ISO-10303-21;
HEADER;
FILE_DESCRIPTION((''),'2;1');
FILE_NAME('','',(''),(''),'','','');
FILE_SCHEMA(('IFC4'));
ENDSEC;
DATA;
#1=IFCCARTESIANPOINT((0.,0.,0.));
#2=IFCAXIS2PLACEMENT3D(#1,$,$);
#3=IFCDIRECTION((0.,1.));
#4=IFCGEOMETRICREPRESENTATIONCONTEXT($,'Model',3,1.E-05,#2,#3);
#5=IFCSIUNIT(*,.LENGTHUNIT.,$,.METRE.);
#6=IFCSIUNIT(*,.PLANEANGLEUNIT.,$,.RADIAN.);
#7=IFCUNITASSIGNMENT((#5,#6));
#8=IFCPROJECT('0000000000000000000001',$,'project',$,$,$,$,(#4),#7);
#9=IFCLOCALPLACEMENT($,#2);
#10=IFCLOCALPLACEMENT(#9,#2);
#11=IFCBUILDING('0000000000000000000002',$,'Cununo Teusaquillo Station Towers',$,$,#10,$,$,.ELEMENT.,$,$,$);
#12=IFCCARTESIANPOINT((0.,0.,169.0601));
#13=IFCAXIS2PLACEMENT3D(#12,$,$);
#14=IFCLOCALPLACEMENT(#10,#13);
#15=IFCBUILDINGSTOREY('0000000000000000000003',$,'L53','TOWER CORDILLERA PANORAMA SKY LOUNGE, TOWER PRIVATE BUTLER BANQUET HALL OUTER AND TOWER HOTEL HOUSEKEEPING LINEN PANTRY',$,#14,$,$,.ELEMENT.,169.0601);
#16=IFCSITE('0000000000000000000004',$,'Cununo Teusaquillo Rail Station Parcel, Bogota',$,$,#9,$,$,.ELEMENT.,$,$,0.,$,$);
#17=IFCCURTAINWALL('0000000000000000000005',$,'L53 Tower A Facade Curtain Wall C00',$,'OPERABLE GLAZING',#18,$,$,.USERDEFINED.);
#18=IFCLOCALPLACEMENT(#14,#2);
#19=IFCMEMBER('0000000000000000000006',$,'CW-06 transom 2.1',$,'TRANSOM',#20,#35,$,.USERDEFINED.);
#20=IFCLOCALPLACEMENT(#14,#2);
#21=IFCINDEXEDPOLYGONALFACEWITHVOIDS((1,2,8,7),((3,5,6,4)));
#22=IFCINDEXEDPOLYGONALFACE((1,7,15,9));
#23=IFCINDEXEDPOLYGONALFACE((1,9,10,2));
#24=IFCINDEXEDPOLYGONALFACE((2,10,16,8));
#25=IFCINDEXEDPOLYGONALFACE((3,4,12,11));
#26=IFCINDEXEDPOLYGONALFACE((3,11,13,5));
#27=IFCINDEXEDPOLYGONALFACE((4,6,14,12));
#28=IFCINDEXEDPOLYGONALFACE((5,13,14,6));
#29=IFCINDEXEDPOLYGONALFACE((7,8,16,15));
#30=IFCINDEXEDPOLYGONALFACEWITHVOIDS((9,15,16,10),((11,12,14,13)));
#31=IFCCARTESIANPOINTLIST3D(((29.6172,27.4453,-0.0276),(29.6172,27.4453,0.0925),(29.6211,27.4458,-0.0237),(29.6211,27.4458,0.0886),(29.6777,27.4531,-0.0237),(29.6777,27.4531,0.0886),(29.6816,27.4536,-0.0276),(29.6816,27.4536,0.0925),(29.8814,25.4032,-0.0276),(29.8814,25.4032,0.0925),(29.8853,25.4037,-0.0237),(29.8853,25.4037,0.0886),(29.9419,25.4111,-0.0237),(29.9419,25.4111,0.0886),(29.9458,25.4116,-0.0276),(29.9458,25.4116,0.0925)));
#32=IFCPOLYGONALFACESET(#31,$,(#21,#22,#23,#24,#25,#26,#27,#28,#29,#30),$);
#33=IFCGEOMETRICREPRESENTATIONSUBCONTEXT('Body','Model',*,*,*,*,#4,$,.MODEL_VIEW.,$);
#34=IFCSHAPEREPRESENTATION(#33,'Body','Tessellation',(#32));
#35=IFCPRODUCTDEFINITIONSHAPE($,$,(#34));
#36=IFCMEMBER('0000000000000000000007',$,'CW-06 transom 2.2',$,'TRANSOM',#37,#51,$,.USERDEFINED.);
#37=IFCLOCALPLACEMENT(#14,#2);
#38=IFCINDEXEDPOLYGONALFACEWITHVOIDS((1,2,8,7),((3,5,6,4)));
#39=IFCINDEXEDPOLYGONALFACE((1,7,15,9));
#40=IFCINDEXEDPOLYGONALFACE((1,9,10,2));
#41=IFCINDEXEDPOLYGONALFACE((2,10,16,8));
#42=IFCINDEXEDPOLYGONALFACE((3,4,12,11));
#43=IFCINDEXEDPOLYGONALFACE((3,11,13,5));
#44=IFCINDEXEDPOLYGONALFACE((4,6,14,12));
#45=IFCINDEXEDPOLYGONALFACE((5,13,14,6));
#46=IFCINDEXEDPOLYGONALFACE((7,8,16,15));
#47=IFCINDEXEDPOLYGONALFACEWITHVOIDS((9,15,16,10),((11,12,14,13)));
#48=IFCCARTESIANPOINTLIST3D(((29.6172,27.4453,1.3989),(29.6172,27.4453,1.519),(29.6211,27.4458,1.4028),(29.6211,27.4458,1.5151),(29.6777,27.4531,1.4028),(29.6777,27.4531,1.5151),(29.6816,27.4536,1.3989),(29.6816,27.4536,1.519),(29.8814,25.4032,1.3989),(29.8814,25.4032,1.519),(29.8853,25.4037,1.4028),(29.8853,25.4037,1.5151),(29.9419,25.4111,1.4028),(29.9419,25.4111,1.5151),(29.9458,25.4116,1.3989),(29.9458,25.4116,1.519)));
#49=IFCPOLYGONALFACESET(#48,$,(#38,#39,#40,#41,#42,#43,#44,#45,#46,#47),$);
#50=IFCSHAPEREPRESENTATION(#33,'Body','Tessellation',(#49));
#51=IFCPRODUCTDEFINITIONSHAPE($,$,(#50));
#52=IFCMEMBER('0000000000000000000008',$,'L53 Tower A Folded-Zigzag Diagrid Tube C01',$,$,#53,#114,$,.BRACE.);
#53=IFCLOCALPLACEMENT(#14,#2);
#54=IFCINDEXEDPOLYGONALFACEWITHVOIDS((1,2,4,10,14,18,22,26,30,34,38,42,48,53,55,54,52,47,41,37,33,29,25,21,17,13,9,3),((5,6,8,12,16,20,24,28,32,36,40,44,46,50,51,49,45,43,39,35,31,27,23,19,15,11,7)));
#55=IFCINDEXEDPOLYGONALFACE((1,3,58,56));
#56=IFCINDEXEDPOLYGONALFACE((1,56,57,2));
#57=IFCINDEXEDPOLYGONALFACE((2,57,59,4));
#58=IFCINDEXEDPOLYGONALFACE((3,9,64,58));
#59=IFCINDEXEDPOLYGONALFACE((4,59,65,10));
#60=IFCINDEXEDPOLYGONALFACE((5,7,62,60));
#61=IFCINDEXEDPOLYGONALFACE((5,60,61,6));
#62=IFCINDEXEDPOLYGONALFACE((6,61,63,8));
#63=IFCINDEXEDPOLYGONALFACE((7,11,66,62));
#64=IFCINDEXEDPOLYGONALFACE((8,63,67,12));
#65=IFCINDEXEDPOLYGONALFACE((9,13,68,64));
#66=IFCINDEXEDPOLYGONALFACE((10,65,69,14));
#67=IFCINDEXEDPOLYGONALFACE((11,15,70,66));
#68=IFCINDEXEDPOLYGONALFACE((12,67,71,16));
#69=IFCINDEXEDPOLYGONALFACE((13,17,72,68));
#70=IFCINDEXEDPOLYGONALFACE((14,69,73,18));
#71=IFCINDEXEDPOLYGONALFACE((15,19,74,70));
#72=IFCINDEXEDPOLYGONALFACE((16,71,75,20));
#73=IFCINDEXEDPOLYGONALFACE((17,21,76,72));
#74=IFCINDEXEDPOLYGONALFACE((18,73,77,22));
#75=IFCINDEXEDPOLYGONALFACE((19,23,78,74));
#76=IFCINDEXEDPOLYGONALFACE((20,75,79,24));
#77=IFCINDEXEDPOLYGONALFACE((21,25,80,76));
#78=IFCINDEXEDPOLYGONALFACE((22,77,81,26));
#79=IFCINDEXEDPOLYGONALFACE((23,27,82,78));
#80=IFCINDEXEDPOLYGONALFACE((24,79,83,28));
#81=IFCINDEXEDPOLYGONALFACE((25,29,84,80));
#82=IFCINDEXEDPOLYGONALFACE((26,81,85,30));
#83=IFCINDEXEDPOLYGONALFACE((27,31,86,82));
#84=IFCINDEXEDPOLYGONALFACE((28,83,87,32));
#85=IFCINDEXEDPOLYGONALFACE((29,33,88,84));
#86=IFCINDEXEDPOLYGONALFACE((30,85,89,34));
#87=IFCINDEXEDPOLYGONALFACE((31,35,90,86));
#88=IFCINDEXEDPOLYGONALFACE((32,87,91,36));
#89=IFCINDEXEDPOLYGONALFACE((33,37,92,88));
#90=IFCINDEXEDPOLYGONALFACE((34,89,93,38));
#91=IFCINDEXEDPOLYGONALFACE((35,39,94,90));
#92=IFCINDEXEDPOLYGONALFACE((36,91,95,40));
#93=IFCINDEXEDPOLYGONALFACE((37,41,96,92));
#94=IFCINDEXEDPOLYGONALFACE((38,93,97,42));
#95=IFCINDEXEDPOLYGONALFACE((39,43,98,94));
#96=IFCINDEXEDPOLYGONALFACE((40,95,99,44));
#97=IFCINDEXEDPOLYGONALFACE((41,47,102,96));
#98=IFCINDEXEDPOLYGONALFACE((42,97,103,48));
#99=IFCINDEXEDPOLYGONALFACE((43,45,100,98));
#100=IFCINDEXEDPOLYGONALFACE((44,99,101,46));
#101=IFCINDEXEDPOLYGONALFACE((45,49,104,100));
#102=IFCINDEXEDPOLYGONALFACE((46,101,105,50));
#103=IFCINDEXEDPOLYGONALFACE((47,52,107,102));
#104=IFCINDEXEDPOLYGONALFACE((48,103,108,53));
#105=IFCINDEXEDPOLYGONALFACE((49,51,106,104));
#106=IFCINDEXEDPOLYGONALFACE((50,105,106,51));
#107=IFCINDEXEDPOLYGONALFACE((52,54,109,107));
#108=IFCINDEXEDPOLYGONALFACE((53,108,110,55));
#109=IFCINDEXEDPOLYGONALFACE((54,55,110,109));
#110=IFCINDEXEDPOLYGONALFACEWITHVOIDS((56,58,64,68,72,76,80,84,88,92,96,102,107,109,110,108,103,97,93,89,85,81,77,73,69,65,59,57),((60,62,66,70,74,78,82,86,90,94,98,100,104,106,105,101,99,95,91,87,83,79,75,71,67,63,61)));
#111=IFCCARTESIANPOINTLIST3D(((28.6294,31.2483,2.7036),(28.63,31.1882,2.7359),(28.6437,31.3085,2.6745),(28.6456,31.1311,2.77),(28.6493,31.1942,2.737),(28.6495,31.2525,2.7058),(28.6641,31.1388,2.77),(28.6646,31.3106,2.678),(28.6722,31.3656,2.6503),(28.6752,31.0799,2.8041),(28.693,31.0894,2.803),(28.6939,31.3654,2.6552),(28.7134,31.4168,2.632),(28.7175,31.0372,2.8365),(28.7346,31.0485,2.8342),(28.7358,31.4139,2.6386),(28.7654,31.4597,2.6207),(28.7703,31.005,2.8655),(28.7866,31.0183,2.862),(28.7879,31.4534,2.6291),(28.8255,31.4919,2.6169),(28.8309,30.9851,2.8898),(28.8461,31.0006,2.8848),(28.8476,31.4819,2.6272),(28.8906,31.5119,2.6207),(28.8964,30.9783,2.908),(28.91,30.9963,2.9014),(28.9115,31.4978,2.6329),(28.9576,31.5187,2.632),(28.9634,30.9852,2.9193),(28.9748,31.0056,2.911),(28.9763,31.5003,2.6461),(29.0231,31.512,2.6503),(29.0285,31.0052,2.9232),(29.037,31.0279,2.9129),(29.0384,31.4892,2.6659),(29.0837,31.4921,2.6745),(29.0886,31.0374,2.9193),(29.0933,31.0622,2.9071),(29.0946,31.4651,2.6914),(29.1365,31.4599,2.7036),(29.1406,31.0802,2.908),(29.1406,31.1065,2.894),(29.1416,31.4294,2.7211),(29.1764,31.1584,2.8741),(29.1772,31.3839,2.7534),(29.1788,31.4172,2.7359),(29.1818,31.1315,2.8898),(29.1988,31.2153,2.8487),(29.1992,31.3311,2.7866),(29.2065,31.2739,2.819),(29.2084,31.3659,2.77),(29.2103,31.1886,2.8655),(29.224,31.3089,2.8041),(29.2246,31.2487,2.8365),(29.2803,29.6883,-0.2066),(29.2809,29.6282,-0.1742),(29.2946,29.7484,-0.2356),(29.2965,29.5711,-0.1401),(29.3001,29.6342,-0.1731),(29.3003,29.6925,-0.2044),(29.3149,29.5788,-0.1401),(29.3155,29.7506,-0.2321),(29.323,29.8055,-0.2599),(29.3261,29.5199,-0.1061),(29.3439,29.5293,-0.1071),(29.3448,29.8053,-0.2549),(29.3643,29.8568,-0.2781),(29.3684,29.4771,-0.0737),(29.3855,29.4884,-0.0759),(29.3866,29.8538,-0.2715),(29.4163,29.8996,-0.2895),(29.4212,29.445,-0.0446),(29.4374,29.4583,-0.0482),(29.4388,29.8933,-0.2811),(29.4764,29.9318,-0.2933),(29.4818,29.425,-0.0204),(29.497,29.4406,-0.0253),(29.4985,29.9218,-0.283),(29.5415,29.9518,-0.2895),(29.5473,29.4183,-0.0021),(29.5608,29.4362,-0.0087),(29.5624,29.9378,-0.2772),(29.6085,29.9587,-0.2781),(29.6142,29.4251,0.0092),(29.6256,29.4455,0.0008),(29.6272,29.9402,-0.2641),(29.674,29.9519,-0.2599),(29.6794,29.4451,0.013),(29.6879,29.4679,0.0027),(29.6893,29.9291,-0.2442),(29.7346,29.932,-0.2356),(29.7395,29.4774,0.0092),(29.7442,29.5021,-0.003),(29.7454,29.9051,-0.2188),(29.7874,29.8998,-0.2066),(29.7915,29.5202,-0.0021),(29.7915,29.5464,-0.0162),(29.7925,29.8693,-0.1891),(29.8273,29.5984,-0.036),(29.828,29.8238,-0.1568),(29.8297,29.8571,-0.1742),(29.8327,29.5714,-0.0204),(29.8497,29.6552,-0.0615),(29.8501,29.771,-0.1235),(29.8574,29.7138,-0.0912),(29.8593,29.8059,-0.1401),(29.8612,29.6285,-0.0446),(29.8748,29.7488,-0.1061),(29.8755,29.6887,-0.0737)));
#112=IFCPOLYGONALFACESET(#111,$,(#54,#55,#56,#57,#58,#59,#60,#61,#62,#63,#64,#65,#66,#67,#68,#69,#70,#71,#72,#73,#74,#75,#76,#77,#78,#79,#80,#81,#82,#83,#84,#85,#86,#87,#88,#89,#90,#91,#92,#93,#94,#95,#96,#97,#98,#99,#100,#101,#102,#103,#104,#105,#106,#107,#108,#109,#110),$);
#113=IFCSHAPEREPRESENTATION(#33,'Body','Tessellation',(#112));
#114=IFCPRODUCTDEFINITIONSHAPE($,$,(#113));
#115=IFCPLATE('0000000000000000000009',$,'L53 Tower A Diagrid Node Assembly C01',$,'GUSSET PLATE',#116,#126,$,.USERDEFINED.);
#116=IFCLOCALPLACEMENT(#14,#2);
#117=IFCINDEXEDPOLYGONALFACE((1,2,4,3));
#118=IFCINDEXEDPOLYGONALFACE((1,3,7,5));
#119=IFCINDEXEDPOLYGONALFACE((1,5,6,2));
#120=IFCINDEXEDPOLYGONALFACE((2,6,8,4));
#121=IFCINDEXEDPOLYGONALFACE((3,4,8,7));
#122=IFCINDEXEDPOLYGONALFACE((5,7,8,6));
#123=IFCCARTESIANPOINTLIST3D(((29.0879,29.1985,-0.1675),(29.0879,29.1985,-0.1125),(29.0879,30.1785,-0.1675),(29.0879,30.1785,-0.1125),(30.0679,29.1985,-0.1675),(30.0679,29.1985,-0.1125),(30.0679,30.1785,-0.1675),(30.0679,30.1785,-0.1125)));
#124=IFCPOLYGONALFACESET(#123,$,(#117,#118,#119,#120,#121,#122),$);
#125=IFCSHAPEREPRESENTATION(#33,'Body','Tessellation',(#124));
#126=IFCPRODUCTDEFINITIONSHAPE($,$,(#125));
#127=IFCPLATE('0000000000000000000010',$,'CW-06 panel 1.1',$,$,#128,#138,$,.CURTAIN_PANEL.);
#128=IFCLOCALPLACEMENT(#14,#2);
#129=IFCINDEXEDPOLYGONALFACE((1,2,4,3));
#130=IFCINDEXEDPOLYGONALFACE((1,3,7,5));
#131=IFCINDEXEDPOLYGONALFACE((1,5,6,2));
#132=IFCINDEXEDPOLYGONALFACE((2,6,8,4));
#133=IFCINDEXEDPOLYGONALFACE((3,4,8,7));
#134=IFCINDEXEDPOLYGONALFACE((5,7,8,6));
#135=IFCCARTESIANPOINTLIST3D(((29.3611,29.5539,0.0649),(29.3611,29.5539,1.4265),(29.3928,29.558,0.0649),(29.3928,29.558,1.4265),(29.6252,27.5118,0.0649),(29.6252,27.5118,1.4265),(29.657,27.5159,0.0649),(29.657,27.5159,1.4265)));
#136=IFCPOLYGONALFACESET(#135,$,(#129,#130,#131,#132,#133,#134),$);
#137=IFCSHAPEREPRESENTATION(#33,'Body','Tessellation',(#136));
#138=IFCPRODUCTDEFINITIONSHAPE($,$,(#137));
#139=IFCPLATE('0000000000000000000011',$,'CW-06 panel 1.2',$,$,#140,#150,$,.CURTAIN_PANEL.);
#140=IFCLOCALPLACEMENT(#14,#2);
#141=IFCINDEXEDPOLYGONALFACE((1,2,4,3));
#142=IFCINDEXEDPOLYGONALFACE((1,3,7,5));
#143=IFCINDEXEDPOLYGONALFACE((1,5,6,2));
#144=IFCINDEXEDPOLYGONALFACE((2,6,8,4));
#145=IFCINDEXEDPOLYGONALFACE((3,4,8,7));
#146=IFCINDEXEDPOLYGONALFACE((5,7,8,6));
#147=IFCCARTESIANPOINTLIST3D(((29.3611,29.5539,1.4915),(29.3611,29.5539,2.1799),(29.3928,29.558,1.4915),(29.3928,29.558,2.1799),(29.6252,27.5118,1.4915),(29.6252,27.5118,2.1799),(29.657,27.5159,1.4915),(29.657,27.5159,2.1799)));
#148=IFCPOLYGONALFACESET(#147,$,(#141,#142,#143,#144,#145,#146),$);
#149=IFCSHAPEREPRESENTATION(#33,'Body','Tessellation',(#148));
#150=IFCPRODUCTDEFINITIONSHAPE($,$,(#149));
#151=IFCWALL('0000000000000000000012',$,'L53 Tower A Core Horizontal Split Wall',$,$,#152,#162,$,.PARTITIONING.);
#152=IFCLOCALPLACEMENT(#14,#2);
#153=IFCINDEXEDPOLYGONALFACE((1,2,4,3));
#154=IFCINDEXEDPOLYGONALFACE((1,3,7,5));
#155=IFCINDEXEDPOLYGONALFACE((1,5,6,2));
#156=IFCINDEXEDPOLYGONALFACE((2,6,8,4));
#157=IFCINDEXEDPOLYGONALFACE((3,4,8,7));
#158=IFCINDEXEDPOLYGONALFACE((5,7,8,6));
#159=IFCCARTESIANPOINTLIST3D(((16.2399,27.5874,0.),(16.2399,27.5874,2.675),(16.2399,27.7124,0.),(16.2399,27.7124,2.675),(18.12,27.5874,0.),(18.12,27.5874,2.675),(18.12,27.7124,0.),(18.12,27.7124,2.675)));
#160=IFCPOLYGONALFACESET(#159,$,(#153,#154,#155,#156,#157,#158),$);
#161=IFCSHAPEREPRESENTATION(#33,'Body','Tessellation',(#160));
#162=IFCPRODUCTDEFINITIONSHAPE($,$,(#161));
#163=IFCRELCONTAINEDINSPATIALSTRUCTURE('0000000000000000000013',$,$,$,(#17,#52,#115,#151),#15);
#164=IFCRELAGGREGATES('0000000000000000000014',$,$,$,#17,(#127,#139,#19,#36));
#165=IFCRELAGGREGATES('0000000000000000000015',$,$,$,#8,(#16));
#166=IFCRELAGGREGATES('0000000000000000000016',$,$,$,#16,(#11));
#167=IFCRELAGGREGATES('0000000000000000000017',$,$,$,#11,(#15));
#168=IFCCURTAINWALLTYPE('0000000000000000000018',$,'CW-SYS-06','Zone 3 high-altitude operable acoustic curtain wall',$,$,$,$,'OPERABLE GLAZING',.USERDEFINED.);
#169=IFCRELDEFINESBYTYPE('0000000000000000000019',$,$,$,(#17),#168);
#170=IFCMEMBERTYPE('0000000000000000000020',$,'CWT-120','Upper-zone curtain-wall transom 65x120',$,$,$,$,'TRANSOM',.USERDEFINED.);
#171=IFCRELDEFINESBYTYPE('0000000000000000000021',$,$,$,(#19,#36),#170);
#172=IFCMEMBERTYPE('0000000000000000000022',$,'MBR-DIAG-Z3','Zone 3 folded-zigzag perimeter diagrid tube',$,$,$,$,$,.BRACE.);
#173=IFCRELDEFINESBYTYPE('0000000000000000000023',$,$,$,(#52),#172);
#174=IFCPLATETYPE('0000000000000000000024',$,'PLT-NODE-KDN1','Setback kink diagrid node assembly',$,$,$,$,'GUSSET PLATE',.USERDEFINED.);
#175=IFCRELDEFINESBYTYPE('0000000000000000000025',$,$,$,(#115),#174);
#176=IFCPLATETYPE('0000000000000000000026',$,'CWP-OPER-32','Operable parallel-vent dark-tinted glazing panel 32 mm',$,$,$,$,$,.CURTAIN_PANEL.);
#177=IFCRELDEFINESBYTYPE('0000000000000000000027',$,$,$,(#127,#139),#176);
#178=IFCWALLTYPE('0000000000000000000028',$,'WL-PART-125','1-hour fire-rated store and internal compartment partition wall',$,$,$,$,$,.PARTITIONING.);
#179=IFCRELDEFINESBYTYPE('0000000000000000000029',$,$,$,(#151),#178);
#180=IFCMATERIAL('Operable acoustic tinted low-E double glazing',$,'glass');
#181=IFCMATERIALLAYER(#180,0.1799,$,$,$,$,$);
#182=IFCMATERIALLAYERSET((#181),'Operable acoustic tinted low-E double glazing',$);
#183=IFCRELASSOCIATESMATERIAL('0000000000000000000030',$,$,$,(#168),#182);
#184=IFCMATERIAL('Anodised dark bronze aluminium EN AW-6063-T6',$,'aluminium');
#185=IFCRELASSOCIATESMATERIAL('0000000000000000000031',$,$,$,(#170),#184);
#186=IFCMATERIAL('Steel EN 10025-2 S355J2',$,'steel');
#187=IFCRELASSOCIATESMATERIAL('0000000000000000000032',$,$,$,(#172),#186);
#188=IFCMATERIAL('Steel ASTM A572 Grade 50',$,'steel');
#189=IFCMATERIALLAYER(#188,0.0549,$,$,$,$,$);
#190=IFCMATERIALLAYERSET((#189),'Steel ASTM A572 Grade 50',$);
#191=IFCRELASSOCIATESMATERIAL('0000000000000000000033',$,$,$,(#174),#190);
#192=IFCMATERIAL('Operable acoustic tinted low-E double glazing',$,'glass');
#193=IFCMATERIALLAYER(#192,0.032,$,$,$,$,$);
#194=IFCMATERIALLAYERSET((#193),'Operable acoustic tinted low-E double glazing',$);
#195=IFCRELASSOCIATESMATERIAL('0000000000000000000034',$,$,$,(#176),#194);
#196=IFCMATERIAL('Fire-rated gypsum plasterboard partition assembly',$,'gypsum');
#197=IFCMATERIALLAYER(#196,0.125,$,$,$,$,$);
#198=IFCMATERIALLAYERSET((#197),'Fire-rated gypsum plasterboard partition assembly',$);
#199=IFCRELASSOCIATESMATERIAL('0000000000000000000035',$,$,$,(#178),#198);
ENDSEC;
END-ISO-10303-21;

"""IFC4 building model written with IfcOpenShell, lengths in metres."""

from ifc_helpers import new_model, si_unit, direction, frame, frame_2d, origin, origin_2d, place, context, subcontext, project, spatial, rectangle, hollow_rectangle, hollow_circle, extrude, source, transform, mapped, material, layer, layer_set, material_profile, profile_set, type_object, element, aggregate, save


model = new_model("IFC4")

# Units and contexts
model_context = context("Model", 3, precision=1e-05, world=origin(), true_north=direction((0.0, 1.0)))
body_context = subcontext(model_context, "Body", "Model", "MODEL_VIEW")
ifc_project = project(units=[si_unit("LENGTHUNIT", "METRE"), si_unit("PLANEANGLEUNIT", "RADIAN")], contexts=[model_context])

# Site, building, storey
site_placement = place(None, origin())
site = spatial("IfcSite", under=ifc_project, at=site_placement, Name="Cununo Teusaquillo Rail Station Parcel, Bogota", CompositionType="ELEMENT", RefElevation=0.0)
building_placement = place(site_placement, origin())
building = spatial("IfcBuilding", under=site, at=building_placement, Name="Cununo Teusaquillo Station Towers", CompositionType="ELEMENT")
storey_placement = place(building_placement, frame((0.0, 0.0, 169.0601)))
storey = spatial("IfcBuildingStorey", under=building, at=storey_placement, Name="L53", Description="TOWER CORDILLERA PANORAMA SKY LOUNGE, TOWER PRIVATE BUTLER BANQUET HALL OUTER AND TOWER HOTEL HOUSEKEEPING LINEN PANTRY", CompositionType="ELEMENT", Elevation=169.0601)

# Curtain wall, members
ifc_material_1 = material(Name="Operable acoustic tinted low-E double glazing", Category="glass")
ifc_layer_1 = layer(ifc_material_1, 0.1799)
ifc_layer_set_1 = layer_set([ifc_layer_1], Name="Operable acoustic tinted low-E double glazing")
curtain_wall_type = type_object("IfcCurtainWallType", Name="CW-SYS-06", Description="Zone 3 high-altitude operable acoustic curtain wall", ElementType="OPERABLE GLAZING", PredefinedType="USERDEFINED", material=ifc_layer_set_1)
curtain_wall_placement = place(storey_placement, origin())
curtain_wall = element("IfcCurtainWall", 1, at=curtain_wall_placement, inside=storey, type_object=curtain_wall_type, Name="L53 Tower A Facade Curtain Wall C00", ObjectType="OPERABLE GLAZING", PredefinedType="USERDEFINED")
ifc_material_2 = material(Name="Anodised dark bronze aluminium EN AW-6063-T6", Category="aluminium")
ifc_material_profile_1 = material_profile(ifc_material_2, hollow_rectangle(XDim=0.0649, YDim=0.1201, WallThickness=0.0039, at=origin_2d()), Name="CW-TRAN-65x120")
ifc_profile_set_1 = profile_set([ifc_material_profile_1], Name="Anodised dark bronze aluminium EN AW-6063-T6")
member_type_1 = type_object("IfcMemberType", Name="CWT-120", Description="Upper-zone curtain-wall transom 65x120", ElementType="TRANSOM", PredefinedType="USERDEFINED", material=ifc_profile_set_1)
member_1_placement = place(storey_placement, frame((29.6494, 27.4495, 0.0325), z_axis=(0.128295, -0.991736, 0.0), x_axis=(0.991736, 0.128295, 0.0)))
member_1 = element("IfcMember", 2, at=member_1_placement, type_object=member_type_1, Name="CW-06 transom 2.1", ObjectType="TRANSOM", PredefinedType="USERDEFINED", context=body_context, shape_type="SweptSolid", body=[
    extrude(hollow_rectangle(XDim=0.0649, YDim=0.1201, WallThickness=0.0039, at=origin_2d()), origin(), (0.0, 0.0, 1.0), 2.0591),
])
member_2_placement = place(storey_placement, frame((29.6494, 27.4495, 1.459), z_axis=(0.128295, -0.991736, 0.0), x_axis=(0.991736, 0.128295, 0.0)))
member_2 = element("IfcMember", 3, at=member_2_placement, type_object=member_type_1, Name="CW-06 transom 2.2", ObjectType="TRANSOM", PredefinedType="USERDEFINED", context=body_context, shape_type="SweptSolid", body=[
    extrude(hollow_rectangle(XDim=0.0649, YDim=0.1201, WallThickness=0.0039, at=origin_2d()), origin(), (0.0, 0.0, 1.0), 2.0591),
])

# Member
ifc_material_3 = material(Name="Steel EN 10025-2 S355J2", Category="steel")
ifc_material_profile_2 = material_profile(ifc_material_3, hollow_circle(Radius=0.3049, WallThickness=0.02, at=origin_2d()), Name="CHS 610x20")
ifc_profile_set_2 = profile_set([ifc_material_profile_2], Name="Steel EN 10025-2 S355J2")
member_type_2 = type_object("IfcMemberType", Name="MBR-DIAG-Z3", Description="Zone 3 folded-zigzag perimeter diagrid tube", PredefinedType="BRACE", material=ifc_profile_set_2)
member_3_placement = place(storey_placement, frame((29.5779, 29.6885, -0.1401), z_axis=(-0.193399, 0.463548, 0.864708), x_axis=(-0.922897, -0.385046, 0.0)))
element("IfcMember", 4, at=member_3_placement, inside=storey, type_object=member_type_2, Name="L53 Tower A Folded-Zigzag Diagrid Tube C01", PredefinedType="BRACE", context=body_context, shape_type="SweptSolid", body=[
    extrude(hollow_circle(Radius=0.3049, WallThickness=0.02, at=origin_2d()), origin(), (0.0, 0.0, 1.0), 3.3655),
])

# Plates
ifc_material_4 = material(Name="Steel ASTM A572 Grade 50", Category="steel")
ifc_layer_2 = layer(ifc_material_4, 0.0549)
ifc_layer_set_2 = layer_set([ifc_layer_2], Name="Steel ASTM A572 Grade 50")
plate_type_1 = type_object("IfcPlateType", Name="PLT-NODE-KDN1", Description="Setback kink diagrid node assembly", ElementType="GUSSET PLATE", PredefinedType="USERDEFINED", material=ifc_layer_set_2)
shared_shape_1 = source(origin(), body_context, "Body", "SweptSolid", [
    extrude(rectangle(XDim=0.98, YDim=0.98, at=origin_2d()), origin(), (0.0, 0.0, 1.0), 0.0549),
])
plate_1_placement = place(storey_placement, frame((29.5779, 29.6885, -0.1675), z_axis=(0.0, 0.0, 1.0), x_axis=(1.0, 0.0, 0.0)))
element("IfcPlate", 5, at=plate_1_placement, inside=storey, type_object=plate_type_1, Name="L53 Tower A Diagrid Node Assembly C01", ObjectType="GUSSET PLATE", PredefinedType="USERDEFINED", context=body_context, shape_type="MappedRepresentation", body=[
    mapped(shared_shape_1, transform((0.0, 0.0, 0.0), x_axis=(1.0, 0.0, 0.0), y_axis=(0.0, 1.0, 0.0), z_axis=(0.0, 0.0, 1.0), scale=1.0)),
])
ifc_material_5 = material(Name="Operable acoustic tinted low-E double glazing", Category="glass")
ifc_layer_3 = layer(ifc_material_5, 0.032)
ifc_layer_set_3 = layer_set([ifc_layer_3], Name="Operable acoustic tinted low-E double glazing")
plate_type_2 = type_object("IfcPlateType", Name="CWP-OPER-32", Description="Operable parallel-vent dark-tinted glazing panel 32 mm", PredefinedType="CURTAIN_PANEL", material=ifc_layer_set_3)
shared_shape_2 = source(origin(), body_context, "Body", "SweptSolid", [
    extrude(rectangle(XDim=2.0591, YDim=0.032, at=origin_2d()), origin(), (0.0, 0.0, 1.0), 1.3616),
])
plate_2_placement = place(storey_placement, frame((29.509, 28.5349, 0.0649), z_axis=(0.0, 0.0, 1.0), x_axis=(0.128285, -0.991737, 0.0)))
plate_2 = element("IfcPlate", 6, at=plate_2_placement, type_object=plate_type_2, Name="CW-06 panel 1.1", PredefinedType="CURTAIN_PANEL", context=body_context, shape_type="MappedRepresentation", body=[
    mapped(shared_shape_2, transform((0.0, 0.0, 0.0), x_axis=(1.0, 0.0, 0.0), y_axis=(0.0, 1.0, 0.0), z_axis=(0.0, 0.0, 1.0), scale=1.0)),
])
shared_shape_3 = source(origin(), body_context, "Body", "SweptSolid", [
    extrude(rectangle(XDim=2.0591, YDim=0.032, at=origin_2d()), origin(), (0.0, 0.0, 1.0), 0.6885),
])
plate_3_placement = place(storey_placement, frame((29.509, 28.5349, 1.4915), z_axis=(0.0, 0.0, 1.0), x_axis=(0.128285, -0.991737, 0.0)))
plate_3 = element("IfcPlate", 7, at=plate_3_placement, type_object=plate_type_2, Name="CW-06 panel 1.2", PredefinedType="CURTAIN_PANEL", context=body_context, shape_type="MappedRepresentation", body=[
    mapped(shared_shape_3, transform((0.0, 0.0, 0.0), x_axis=(1.0, 0.0, 0.0), y_axis=(0.0, 1.0, 0.0), z_axis=(0.0, 0.0, 1.0), scale=1.0)),
])
aggregate(curtain_wall, [plate_2, plate_3, member_1, member_2])

# Wall
ifc_material_6 = material(Name="Fire-rated gypsum plasterboard partition assembly", Category="gypsum")
ifc_layer_4 = layer(ifc_material_6, 0.125)
ifc_layer_set_4 = layer_set([ifc_layer_4], Name="Fire-rated gypsum plasterboard partition assembly")
wall_type_1 = type_object("IfcWallType", Name="WL-PART-125", Description="1-hour fire-rated store and internal compartment partition wall", PredefinedType="PARTITIONING", material=ifc_layer_set_4)
wall_1_placement = place(storey_placement, frame((16.24, 27.6499, 0.0), z_axis=(0.0, 0.0, 1.0), x_axis=(1.0, 0.0, 0.0)))
element("IfcWall", 8, at=wall_1_placement, inside=storey, type_object=wall_type_1, Name="L53 Tower A Core Horizontal Split Wall", PredefinedType="PARTITIONING", context=body_context, shape_type="SweptSolid", body=[
    extrude(rectangle(XDim=1.8801, YDim=0.125, at=frame_2d((0.9399, 0.0))), origin(), (0.0, 0.0, 1.0), 2.675),
])

save(model, "model.ifc")
